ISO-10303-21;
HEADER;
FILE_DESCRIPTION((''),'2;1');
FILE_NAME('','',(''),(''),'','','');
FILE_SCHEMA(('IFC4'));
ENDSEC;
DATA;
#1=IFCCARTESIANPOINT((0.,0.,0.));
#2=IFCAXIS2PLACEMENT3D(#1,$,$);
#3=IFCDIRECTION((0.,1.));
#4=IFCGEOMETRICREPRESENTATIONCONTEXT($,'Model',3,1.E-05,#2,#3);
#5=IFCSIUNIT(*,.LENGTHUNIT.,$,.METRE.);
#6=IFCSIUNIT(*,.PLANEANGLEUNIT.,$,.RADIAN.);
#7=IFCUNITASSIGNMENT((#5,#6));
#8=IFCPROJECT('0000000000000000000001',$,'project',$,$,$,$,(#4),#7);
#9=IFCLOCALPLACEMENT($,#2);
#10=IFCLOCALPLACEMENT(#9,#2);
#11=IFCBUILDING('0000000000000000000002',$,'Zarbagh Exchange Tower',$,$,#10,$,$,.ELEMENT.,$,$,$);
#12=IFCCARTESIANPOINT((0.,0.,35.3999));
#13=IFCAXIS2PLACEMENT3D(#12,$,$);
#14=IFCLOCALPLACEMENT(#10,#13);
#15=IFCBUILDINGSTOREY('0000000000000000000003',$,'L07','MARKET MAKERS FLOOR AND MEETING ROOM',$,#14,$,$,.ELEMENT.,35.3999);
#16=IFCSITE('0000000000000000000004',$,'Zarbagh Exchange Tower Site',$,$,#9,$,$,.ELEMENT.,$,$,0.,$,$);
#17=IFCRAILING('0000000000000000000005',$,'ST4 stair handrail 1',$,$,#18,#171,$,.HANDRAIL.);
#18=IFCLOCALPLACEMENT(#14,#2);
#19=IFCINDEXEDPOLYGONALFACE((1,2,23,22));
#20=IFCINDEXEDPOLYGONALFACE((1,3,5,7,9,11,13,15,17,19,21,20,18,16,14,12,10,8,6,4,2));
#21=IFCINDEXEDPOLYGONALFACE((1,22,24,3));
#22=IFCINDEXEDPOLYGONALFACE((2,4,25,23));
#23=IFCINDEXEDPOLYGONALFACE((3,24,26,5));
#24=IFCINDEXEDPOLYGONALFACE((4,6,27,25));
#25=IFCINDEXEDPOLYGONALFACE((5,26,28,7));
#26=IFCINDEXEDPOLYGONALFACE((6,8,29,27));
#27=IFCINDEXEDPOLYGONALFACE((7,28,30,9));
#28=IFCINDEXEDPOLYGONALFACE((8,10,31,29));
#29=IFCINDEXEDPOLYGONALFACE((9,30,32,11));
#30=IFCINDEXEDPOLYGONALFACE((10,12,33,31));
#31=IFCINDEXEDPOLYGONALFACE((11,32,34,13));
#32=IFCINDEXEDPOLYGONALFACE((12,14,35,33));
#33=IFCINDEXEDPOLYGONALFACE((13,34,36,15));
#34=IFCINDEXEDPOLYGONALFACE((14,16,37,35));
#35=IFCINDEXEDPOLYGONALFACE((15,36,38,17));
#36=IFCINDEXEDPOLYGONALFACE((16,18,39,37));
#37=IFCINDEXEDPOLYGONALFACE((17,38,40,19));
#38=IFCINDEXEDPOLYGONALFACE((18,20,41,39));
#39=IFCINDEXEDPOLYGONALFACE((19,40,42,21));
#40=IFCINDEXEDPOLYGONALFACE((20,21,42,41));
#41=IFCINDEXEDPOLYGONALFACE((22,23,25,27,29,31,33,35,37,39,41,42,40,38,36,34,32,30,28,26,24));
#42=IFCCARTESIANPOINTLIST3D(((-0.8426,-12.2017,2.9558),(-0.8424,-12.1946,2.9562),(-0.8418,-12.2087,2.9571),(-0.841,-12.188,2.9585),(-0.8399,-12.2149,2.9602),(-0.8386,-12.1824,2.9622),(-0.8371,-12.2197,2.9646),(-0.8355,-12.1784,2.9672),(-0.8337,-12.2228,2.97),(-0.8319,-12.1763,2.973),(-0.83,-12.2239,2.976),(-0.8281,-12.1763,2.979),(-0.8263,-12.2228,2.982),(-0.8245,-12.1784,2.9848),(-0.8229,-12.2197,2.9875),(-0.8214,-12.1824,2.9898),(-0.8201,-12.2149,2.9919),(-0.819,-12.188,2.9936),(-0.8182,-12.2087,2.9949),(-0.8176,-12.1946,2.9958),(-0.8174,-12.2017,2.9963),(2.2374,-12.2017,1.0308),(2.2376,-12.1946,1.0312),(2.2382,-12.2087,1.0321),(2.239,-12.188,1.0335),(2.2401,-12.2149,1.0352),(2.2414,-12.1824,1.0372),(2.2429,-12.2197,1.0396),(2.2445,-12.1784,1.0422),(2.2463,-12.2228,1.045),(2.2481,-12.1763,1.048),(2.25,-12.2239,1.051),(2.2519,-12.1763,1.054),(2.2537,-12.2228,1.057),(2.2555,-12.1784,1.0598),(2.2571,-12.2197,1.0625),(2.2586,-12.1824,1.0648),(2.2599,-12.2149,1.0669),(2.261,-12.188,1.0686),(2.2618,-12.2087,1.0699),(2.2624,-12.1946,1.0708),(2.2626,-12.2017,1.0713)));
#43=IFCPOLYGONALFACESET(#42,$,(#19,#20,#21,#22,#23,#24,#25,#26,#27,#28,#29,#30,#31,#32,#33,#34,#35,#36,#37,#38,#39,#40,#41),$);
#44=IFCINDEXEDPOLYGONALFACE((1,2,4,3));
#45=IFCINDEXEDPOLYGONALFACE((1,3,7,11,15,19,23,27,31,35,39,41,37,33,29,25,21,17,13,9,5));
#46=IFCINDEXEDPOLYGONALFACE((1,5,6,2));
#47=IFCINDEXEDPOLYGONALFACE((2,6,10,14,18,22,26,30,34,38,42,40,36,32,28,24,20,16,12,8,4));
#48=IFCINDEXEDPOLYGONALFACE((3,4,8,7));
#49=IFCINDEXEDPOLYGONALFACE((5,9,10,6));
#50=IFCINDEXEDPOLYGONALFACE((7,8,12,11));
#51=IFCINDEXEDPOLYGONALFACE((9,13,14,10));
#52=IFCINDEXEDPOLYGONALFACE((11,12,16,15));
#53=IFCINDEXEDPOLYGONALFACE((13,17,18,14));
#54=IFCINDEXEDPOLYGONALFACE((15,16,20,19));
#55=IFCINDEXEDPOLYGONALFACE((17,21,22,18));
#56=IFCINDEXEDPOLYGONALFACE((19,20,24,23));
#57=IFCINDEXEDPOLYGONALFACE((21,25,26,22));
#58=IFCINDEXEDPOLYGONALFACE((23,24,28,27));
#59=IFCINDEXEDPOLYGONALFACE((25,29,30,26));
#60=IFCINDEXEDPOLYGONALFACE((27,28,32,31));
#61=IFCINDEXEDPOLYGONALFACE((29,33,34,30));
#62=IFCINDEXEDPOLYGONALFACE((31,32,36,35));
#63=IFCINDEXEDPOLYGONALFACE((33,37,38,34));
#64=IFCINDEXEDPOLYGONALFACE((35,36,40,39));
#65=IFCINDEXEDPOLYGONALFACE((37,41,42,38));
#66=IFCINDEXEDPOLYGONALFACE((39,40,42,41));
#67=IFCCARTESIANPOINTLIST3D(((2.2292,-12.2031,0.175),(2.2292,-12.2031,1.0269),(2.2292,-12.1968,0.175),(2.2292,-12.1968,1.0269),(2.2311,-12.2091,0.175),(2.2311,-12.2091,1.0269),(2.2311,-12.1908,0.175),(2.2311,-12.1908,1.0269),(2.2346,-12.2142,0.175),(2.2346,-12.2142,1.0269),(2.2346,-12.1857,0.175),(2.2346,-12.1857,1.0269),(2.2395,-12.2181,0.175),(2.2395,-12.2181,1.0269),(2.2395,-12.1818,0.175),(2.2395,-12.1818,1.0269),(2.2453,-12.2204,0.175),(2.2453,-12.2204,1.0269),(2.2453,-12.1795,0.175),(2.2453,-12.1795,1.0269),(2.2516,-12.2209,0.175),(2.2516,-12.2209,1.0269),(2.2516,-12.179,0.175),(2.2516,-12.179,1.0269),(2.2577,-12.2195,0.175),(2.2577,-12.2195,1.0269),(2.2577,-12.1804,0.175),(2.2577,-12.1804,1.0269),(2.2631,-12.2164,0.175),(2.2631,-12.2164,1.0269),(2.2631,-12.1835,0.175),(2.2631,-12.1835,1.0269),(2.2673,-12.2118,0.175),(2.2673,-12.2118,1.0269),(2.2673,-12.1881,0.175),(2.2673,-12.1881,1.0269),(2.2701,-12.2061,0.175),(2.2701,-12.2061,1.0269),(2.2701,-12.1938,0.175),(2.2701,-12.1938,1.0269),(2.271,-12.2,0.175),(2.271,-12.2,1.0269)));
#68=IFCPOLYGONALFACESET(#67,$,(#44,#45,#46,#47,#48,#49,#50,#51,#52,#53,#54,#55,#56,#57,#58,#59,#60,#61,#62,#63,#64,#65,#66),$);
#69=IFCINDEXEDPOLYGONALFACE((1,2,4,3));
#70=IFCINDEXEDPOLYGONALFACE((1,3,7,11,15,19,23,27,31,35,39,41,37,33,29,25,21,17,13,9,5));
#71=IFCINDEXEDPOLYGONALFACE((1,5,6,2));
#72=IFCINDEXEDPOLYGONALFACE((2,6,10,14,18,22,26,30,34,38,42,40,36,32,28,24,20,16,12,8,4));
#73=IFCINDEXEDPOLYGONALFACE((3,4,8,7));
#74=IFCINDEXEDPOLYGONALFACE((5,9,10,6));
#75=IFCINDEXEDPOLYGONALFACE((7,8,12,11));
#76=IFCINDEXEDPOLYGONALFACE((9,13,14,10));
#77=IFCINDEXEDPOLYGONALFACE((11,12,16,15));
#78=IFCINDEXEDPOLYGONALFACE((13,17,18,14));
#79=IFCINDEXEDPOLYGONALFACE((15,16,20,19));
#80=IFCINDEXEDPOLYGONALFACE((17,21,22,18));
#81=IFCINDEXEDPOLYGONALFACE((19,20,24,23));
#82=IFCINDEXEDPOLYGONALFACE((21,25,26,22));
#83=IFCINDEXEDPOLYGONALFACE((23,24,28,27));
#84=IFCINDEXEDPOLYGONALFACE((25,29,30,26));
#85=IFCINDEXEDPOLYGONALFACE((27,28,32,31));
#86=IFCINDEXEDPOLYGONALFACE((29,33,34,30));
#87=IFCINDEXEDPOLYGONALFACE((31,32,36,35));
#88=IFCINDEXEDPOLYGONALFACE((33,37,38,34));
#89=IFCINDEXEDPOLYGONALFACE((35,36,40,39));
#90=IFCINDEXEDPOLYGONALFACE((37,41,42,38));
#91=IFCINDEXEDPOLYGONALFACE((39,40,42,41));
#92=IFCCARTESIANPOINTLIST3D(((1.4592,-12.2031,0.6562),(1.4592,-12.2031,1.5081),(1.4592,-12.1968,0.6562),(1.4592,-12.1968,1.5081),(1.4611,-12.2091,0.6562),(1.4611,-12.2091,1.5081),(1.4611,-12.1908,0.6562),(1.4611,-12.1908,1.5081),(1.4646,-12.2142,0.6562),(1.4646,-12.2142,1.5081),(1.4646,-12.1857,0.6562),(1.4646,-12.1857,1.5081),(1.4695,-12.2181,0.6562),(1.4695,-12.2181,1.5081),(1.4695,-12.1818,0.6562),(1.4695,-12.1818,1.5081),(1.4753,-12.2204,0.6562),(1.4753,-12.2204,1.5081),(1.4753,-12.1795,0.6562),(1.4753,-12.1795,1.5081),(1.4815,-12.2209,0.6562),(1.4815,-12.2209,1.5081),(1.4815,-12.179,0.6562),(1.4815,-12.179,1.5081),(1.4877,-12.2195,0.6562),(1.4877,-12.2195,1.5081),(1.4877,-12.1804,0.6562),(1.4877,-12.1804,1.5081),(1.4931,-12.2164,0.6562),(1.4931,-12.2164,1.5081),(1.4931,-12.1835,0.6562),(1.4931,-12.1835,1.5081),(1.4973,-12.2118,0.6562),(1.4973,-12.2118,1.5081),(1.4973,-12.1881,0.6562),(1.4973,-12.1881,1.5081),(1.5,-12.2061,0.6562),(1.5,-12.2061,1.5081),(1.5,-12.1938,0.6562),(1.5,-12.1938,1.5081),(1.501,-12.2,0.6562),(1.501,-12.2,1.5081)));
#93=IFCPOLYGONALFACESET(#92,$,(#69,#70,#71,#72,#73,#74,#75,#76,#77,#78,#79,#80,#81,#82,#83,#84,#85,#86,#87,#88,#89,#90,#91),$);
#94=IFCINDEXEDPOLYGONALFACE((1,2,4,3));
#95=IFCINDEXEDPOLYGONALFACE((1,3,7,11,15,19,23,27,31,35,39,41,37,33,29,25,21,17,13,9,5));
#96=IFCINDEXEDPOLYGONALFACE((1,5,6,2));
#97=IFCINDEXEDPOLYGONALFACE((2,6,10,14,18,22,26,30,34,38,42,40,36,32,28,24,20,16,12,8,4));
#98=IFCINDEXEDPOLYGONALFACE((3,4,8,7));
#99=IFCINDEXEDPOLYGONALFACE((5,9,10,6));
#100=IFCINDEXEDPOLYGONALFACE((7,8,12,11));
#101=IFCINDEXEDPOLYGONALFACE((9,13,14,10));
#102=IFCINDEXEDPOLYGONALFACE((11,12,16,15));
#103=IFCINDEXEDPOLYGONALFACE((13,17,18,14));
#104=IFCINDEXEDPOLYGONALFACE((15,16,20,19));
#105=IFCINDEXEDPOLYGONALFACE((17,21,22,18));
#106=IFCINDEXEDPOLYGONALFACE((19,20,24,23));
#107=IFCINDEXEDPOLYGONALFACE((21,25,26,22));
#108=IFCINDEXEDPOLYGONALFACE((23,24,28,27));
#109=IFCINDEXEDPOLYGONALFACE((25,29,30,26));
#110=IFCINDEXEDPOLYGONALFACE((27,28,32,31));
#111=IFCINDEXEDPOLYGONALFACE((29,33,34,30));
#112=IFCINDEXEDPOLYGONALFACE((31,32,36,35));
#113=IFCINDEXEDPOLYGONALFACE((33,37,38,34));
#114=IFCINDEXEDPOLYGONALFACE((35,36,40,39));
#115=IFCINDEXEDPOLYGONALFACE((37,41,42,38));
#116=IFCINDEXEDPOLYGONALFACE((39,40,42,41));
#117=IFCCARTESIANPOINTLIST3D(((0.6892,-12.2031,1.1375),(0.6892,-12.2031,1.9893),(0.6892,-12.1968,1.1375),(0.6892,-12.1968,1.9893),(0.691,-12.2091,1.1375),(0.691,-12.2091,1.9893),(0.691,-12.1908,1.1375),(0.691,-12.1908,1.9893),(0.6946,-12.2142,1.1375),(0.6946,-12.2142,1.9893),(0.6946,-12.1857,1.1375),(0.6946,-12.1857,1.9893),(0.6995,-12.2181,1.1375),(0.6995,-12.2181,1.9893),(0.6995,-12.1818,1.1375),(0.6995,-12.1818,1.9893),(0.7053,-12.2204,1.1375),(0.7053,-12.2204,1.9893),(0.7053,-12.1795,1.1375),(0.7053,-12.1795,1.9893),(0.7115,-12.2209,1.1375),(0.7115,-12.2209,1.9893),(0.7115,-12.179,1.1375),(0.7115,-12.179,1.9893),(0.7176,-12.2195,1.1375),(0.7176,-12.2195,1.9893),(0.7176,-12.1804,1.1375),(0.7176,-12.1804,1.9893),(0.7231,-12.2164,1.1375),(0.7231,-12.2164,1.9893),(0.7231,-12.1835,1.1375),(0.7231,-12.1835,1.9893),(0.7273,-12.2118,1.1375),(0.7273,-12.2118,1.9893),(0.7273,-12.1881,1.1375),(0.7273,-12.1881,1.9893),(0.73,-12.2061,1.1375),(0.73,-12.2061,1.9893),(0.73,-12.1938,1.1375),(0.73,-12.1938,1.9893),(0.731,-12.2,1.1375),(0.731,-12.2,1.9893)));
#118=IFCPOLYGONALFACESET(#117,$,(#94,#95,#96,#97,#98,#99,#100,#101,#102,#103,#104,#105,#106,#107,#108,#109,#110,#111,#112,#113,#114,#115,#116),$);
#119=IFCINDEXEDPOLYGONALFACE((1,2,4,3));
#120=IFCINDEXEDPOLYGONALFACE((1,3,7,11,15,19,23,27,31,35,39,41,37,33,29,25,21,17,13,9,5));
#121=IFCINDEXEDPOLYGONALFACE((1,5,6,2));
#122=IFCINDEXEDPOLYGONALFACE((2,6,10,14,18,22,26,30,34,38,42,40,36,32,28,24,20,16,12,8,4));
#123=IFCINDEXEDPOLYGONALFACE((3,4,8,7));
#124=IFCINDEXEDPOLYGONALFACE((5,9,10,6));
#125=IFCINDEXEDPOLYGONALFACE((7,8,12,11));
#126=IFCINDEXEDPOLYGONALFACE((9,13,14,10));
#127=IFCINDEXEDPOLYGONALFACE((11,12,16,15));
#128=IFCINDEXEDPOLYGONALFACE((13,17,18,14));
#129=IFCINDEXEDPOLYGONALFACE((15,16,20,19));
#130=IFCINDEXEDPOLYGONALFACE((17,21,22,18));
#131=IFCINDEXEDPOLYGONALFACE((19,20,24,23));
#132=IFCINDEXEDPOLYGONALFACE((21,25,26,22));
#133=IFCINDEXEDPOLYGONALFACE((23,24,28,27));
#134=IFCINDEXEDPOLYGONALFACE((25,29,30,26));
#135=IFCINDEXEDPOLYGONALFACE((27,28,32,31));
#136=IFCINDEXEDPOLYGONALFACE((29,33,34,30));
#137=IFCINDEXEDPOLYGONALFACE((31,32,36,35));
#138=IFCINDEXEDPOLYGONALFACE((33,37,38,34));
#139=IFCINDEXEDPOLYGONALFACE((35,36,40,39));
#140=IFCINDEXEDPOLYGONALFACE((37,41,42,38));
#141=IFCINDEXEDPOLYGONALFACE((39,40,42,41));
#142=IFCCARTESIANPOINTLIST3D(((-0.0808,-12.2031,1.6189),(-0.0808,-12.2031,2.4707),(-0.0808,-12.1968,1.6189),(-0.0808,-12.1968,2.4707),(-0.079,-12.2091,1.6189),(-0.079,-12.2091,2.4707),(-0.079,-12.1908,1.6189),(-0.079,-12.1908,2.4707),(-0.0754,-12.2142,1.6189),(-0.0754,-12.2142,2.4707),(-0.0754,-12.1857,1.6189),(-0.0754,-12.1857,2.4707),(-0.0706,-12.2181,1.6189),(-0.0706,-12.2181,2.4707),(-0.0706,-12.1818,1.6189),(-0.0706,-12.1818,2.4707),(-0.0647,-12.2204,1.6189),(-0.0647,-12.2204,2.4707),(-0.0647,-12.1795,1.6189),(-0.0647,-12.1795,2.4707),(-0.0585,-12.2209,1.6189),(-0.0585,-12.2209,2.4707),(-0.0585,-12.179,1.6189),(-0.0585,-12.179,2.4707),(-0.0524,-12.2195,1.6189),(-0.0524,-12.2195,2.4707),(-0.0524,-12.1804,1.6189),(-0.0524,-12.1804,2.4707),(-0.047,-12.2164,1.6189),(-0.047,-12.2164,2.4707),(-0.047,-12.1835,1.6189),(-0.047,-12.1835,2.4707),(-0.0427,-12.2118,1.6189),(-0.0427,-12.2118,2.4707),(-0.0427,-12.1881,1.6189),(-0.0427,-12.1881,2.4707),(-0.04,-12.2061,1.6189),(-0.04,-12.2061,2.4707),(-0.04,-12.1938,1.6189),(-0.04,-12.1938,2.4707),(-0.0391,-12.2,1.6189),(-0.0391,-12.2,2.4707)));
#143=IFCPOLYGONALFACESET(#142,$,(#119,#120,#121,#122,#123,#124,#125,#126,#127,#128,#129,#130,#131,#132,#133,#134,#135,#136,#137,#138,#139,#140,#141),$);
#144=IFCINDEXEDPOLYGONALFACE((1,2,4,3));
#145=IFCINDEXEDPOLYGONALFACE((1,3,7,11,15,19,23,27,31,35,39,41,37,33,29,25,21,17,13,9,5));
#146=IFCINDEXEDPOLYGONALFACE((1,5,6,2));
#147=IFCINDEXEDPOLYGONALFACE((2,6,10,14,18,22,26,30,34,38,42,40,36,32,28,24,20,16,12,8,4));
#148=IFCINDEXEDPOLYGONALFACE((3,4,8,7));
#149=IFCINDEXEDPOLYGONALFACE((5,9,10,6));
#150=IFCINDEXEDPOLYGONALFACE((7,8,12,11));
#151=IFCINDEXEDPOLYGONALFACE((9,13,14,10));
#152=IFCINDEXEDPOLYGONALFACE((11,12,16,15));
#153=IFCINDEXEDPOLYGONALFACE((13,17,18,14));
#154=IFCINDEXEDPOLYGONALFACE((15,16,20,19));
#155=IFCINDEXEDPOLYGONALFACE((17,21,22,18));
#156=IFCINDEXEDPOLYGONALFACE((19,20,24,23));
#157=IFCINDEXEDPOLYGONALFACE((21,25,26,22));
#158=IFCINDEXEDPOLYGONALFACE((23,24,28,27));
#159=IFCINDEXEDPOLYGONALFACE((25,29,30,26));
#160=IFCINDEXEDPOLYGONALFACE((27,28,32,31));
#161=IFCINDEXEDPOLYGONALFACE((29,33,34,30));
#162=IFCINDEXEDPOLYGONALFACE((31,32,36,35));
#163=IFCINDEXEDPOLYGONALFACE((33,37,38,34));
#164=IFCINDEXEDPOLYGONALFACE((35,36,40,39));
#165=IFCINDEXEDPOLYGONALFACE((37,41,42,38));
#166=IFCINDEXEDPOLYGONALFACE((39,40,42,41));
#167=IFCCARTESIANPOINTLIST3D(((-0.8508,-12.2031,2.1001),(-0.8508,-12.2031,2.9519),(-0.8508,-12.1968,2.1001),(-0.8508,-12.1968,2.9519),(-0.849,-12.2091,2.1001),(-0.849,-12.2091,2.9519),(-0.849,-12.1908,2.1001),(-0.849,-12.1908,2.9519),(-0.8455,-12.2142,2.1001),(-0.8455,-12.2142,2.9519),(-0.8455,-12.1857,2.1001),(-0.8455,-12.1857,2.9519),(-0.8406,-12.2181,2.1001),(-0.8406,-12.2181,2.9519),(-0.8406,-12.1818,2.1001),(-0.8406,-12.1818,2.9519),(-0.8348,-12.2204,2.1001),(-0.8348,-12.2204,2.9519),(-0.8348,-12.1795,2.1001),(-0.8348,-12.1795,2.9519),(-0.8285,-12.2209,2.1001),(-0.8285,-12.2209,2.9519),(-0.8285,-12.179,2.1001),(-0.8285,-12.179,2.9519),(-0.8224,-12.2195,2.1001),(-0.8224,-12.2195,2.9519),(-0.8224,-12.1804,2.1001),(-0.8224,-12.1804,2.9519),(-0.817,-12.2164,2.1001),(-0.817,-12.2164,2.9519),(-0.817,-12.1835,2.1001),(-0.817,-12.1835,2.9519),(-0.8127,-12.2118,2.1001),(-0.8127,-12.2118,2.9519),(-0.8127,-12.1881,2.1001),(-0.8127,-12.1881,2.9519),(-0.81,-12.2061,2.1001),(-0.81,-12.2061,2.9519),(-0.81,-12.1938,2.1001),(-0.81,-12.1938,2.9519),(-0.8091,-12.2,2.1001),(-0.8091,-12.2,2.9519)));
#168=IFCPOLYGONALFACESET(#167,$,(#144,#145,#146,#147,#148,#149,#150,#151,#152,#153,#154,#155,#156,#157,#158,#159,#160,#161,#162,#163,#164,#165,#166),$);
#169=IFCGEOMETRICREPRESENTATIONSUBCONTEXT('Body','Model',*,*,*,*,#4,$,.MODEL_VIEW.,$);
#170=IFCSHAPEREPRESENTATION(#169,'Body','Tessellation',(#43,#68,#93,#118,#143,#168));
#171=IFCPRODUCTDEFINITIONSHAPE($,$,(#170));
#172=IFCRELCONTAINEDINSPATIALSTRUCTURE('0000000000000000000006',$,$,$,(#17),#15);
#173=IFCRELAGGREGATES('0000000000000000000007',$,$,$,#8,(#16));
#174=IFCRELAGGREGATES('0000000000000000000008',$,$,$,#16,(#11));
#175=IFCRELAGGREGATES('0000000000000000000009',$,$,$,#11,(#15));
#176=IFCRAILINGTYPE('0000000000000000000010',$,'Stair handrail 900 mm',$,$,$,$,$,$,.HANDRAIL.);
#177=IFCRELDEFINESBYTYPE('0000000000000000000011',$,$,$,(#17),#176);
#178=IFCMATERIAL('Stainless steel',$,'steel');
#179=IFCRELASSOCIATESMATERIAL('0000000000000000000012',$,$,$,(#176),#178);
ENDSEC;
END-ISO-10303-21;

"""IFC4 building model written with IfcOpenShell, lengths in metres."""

from ifc_helpers import new_model, si_unit, direction, frame, origin, origin_2d, place, context, subcontext, project, spatial, circle, extrude, material, type_object, element, save


model = new_model("IFC4")

# Units and contexts
model_context = context("Model", 3, precision=1e-05, world=origin(), true_north=direction((0.0, 1.0)))
body_context = subcontext(model_context, "Body", "Model", "MODEL_VIEW")
ifc_project = project(units=[si_unit("LENGTHUNIT", "METRE"), si_unit("PLANEANGLEUNIT", "RADIAN")], contexts=[model_context])

# Site, building, storey
site_placement = place(None, origin())
site = spatial("IfcSite", under=ifc_project, at=site_placement, Name="Zarbagh Exchange Tower Site", CompositionType="ELEMENT", RefElevation=0.0)
building_placement = place(site_placement, origin())
building = spatial("IfcBuilding", under=site, at=building_placement, Name="Zarbagh Exchange Tower", CompositionType="ELEMENT")
storey_placement = place(building_placement, frame((0.0, 0.0, 35.3999)))
storey = spatial("IfcBuildingStorey", under=building, at=storey_placement, Name="L07", Description="MARKET MAKERS FLOOR AND MEETING ROOM", CompositionType="ELEMENT", Elevation=35.3999)

# Railing
ifc_material_1 = material(Name="Stainless steel", Category="steel")
railing_type_1 = type_object("IfcRailingType", Name="Stair handrail 900 mm", PredefinedType="HANDRAIL", material=ifc_material_1)
for number, where, name in (
    (1, (2.25, -12.2, 0.175), "ST4 stair handrail 1"),
):
    element("IfcRailing", number, at=place(storey_placement, frame(where)), inside=storey, type_object=railing_type_1, Name=name, PredefinedType="HANDRAIL", context=body_context, shape_type="SweptSolid", body=[
        extrude(circle(Radius=0.0239, at=origin_2d()), frame((0.0, 0.0, 0.876), z_axis=(-0.847998, 0.0, 0.529999), x_axis=(0.0, -1.0, 0.0)), (0.0, 0.0, 1.0), 3.6321),
        extrude(circle(Radius=0.021, at=origin_2d()), origin(), (0.0, 0.0, 1.0), 0.8518),
        extrude(circle(Radius=0.021, at=origin_2d()), frame((-0.77, 0.0, 0.4812)), (0.0, 0.0, 1.0), 0.8518),
        extrude(circle(Radius=0.021, at=origin_2d()), frame((-1.54, 0.0, 0.9624)), (0.0, 0.0, 1.0), 0.8518),
        extrude(circle(Radius=0.021, at=origin_2d()), frame((-2.3101, 0.0, 1.4438)), (0.0, 0.0, 1.0), 0.8518),
        extrude(circle(Radius=0.021, at=origin_2d()), frame((-3.0801, 0.0, 1.925)), (0.0, 0.0, 1.0), 0.8518),
    ])

save(model, "model.ifc")
